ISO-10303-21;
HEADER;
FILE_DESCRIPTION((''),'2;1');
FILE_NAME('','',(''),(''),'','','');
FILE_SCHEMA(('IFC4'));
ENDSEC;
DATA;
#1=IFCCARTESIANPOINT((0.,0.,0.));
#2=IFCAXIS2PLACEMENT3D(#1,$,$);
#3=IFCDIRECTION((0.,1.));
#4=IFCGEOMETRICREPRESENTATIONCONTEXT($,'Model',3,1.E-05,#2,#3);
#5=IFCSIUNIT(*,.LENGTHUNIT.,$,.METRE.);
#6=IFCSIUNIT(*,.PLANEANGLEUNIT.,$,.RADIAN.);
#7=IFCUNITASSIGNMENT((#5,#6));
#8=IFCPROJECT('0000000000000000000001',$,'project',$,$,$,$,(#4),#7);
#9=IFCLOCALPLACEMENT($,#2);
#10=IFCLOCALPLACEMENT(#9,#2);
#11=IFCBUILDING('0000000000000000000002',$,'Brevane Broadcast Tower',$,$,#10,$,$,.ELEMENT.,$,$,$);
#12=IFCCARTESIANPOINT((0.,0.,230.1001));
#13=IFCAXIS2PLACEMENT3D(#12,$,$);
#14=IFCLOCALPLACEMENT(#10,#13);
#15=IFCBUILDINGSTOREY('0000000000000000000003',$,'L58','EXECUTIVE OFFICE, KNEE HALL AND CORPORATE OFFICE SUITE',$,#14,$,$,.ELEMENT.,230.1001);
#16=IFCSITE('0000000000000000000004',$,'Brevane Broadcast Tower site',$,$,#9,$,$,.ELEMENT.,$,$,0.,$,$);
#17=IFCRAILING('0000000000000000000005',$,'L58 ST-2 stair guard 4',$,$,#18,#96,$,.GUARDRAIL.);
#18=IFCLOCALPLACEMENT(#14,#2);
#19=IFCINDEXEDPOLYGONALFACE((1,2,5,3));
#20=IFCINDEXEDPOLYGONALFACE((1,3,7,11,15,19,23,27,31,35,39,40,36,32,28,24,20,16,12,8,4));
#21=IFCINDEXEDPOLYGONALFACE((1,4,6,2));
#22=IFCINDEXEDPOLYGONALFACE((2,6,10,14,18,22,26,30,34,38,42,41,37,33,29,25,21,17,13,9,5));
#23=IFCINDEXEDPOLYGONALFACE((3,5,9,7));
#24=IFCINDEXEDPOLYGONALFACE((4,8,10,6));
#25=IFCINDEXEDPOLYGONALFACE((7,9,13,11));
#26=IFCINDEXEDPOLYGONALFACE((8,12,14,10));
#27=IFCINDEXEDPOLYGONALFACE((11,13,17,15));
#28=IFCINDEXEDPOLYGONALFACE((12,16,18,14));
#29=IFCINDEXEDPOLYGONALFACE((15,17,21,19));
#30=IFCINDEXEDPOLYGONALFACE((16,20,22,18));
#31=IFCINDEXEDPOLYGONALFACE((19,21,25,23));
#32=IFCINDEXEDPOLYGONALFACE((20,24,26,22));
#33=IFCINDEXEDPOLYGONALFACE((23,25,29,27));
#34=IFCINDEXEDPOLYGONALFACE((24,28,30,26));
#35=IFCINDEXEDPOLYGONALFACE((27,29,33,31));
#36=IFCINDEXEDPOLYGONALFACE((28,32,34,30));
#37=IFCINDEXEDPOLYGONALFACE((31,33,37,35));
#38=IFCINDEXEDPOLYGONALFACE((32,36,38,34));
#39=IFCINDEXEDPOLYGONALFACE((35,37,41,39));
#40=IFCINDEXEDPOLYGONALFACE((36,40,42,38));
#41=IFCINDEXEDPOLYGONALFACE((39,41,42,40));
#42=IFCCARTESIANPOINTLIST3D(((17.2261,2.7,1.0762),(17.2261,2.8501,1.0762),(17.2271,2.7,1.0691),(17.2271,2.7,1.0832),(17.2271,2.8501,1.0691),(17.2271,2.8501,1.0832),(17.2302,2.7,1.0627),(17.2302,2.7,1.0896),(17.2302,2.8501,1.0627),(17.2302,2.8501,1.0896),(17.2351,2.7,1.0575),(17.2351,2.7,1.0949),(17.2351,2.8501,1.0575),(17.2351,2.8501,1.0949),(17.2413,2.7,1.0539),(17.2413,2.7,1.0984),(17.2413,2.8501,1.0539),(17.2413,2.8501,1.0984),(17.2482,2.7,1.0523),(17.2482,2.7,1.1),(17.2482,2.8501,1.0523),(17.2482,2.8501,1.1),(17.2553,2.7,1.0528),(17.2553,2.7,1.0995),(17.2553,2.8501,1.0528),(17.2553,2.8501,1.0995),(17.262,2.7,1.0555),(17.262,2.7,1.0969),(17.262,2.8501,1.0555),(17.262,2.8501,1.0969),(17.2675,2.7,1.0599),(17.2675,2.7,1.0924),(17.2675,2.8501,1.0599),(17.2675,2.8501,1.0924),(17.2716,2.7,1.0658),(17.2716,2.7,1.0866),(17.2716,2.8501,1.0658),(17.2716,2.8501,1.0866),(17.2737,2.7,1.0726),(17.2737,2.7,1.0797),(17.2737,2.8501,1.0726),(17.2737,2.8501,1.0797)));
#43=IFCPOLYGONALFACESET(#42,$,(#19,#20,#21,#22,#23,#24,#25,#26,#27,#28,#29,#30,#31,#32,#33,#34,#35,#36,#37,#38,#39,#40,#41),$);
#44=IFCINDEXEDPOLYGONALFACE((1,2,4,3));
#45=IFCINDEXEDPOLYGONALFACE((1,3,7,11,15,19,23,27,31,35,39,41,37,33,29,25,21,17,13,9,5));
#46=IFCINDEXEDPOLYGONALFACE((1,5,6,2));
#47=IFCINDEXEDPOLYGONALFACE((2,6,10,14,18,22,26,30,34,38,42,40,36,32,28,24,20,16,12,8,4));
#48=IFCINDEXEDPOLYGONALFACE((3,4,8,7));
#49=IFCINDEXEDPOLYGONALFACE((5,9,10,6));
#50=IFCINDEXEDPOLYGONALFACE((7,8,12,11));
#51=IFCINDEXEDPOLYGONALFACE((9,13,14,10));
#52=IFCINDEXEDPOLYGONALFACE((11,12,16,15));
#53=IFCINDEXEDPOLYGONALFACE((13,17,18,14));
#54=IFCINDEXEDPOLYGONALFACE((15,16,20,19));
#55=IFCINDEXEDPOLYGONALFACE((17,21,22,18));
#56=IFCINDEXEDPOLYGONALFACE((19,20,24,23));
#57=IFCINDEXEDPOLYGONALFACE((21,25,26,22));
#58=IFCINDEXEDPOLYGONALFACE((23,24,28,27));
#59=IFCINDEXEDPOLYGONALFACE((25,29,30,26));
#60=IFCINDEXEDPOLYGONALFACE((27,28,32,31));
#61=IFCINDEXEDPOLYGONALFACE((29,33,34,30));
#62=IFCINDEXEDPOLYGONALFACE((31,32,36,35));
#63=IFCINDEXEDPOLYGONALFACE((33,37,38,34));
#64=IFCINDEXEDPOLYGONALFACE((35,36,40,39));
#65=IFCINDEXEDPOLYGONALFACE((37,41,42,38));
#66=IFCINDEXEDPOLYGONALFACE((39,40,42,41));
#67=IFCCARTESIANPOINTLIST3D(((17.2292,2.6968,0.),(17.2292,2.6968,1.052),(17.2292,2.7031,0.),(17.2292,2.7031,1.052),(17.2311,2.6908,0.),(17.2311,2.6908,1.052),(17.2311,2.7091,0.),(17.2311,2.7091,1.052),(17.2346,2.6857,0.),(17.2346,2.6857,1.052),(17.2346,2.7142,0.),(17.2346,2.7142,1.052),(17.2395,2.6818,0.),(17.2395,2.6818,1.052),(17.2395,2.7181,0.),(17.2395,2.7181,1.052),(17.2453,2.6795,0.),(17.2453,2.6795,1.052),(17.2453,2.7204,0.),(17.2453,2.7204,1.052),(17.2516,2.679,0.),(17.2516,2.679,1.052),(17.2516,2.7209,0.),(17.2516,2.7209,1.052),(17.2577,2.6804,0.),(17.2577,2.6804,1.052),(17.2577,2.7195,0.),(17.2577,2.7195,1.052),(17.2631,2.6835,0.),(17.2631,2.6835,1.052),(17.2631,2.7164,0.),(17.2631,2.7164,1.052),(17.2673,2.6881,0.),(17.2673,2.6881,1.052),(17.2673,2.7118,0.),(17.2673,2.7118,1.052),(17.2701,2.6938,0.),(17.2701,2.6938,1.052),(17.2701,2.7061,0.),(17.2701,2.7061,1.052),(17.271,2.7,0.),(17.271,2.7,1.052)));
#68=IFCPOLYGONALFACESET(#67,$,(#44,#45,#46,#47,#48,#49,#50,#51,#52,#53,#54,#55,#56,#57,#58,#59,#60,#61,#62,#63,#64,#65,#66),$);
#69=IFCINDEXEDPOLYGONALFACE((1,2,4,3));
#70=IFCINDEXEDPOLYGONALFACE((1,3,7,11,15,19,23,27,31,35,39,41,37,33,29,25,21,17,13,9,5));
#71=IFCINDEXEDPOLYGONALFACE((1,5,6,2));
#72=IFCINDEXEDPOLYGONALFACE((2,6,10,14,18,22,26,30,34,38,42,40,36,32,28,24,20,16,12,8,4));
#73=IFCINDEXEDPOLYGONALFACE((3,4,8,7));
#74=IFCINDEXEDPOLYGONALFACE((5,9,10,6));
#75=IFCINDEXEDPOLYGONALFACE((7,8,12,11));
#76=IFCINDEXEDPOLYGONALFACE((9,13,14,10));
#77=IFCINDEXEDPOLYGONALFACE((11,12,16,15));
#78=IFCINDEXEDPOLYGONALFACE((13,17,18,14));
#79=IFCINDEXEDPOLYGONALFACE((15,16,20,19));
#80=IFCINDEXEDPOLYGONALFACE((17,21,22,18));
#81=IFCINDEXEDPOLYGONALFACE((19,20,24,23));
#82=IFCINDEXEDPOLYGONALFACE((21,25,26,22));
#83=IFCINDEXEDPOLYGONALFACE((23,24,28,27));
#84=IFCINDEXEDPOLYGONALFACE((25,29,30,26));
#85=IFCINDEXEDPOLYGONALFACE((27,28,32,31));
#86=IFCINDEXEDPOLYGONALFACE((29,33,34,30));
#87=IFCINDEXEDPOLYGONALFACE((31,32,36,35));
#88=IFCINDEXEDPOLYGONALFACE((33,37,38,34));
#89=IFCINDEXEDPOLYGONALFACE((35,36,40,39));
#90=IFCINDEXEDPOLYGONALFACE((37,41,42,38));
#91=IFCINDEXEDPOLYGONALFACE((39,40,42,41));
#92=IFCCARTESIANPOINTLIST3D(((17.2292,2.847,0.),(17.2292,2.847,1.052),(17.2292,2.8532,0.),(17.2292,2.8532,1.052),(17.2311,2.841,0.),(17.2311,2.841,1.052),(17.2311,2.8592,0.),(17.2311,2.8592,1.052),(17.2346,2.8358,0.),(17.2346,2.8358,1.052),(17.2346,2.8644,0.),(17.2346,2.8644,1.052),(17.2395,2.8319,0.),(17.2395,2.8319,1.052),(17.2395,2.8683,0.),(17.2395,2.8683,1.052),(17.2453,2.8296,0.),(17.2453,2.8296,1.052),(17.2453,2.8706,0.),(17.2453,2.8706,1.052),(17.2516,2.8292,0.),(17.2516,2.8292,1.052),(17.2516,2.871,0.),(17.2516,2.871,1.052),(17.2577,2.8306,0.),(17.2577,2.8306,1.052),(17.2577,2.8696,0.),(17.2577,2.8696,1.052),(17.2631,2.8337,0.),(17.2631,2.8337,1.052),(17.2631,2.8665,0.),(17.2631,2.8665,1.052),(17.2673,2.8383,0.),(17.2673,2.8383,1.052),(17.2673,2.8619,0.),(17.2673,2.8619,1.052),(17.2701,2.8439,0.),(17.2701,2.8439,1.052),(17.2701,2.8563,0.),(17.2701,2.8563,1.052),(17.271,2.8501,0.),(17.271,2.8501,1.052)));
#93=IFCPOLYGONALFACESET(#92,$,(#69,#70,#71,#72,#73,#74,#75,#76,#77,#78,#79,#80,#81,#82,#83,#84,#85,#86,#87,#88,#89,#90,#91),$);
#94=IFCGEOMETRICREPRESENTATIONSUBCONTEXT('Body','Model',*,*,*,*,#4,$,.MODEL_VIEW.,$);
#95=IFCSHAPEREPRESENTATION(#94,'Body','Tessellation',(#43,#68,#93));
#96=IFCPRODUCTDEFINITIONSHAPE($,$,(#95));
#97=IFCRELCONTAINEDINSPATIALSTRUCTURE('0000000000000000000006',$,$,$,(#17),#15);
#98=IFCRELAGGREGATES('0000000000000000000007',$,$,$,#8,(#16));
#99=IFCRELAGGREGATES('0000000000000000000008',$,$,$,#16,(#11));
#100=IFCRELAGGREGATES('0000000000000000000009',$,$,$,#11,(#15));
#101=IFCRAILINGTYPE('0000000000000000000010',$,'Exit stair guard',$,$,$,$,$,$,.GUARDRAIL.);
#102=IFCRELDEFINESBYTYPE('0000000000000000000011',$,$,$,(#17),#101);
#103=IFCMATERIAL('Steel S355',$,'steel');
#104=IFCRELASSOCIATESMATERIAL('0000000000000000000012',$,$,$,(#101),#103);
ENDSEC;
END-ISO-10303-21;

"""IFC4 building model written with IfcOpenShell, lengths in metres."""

from ifc_helpers import new_model, si_unit, direction, frame, origin, origin_2d, place, context, subcontext, project, spatial, circle, extrude, material, type_object, element, save


model = new_model("IFC4")

# Units and contexts
model_context = context("Model", 3, precision=1e-05, world=origin(), true_north=direction((0.0, 1.0)))
body_context = subcontext(model_context, "Body", "Model", "MODEL_VIEW")
ifc_project = project(units=[si_unit("LENGTHUNIT", "METRE"), si_unit("PLANEANGLEUNIT", "RADIAN")], contexts=[model_context])

# Site, building, storey
site_placement = place(None, origin())
site = spatial("IfcSite", under=ifc_project, at=site_placement, Name="Brevane Broadcast Tower site", CompositionType="ELEMENT", RefElevation=0.0)
building_placement = place(site_placement, origin())
building = spatial("IfcBuilding", under=site, at=building_placement, Name="Brevane Broadcast Tower", CompositionType="ELEMENT")
storey_placement = place(building_placement, frame((0.0, 0.0, 230.1001)))
storey = spatial("IfcBuildingStorey", under=building, at=storey_placement, Name="L58", Description="EXECUTIVE OFFICE, KNEE HALL AND CORPORATE OFFICE SUITE", CompositionType="ELEMENT", Elevation=230.1001)

# Railing
ifc_material_1 = material(Name="Steel S355", Category="steel")
railing_type_1 = type_object("IfcRailingType", Name="Exit stair guard", PredefinedType="GUARDRAIL", material=ifc_material_1)
railing_1_placement = place(storey_placement, frame((17.25, 2.7, 0.0)))
element("IfcRailing", 1, at=railing_1_placement, inside=storey, type_object=railing_type_1, Name="L58 ST-2 stair guard 4", PredefinedType="GUARDRAIL", context=body_context, shape_type="SweptSolid", body=[
    extrude(circle(Radius=0.0239, at=origin_2d()), frame((0.0, 0.0, 1.0762), z_axis=(0.0, 1.0, 0.0), x_axis=(-1.0, 0.0, 0.0)), (0.0, 0.0, 1.0), 0.1501),
    extrude(circle(Radius=0.021, at=origin_2d()), origin(), (0.0, 0.0, 1.0), 1.052),
    extrude(circle(Radius=0.021, at=origin_2d()), frame((0.0, 0.1501, 0.0)), (0.0, 0.0, 1.0), 1.052),
])

save(model, "model.ifc")
